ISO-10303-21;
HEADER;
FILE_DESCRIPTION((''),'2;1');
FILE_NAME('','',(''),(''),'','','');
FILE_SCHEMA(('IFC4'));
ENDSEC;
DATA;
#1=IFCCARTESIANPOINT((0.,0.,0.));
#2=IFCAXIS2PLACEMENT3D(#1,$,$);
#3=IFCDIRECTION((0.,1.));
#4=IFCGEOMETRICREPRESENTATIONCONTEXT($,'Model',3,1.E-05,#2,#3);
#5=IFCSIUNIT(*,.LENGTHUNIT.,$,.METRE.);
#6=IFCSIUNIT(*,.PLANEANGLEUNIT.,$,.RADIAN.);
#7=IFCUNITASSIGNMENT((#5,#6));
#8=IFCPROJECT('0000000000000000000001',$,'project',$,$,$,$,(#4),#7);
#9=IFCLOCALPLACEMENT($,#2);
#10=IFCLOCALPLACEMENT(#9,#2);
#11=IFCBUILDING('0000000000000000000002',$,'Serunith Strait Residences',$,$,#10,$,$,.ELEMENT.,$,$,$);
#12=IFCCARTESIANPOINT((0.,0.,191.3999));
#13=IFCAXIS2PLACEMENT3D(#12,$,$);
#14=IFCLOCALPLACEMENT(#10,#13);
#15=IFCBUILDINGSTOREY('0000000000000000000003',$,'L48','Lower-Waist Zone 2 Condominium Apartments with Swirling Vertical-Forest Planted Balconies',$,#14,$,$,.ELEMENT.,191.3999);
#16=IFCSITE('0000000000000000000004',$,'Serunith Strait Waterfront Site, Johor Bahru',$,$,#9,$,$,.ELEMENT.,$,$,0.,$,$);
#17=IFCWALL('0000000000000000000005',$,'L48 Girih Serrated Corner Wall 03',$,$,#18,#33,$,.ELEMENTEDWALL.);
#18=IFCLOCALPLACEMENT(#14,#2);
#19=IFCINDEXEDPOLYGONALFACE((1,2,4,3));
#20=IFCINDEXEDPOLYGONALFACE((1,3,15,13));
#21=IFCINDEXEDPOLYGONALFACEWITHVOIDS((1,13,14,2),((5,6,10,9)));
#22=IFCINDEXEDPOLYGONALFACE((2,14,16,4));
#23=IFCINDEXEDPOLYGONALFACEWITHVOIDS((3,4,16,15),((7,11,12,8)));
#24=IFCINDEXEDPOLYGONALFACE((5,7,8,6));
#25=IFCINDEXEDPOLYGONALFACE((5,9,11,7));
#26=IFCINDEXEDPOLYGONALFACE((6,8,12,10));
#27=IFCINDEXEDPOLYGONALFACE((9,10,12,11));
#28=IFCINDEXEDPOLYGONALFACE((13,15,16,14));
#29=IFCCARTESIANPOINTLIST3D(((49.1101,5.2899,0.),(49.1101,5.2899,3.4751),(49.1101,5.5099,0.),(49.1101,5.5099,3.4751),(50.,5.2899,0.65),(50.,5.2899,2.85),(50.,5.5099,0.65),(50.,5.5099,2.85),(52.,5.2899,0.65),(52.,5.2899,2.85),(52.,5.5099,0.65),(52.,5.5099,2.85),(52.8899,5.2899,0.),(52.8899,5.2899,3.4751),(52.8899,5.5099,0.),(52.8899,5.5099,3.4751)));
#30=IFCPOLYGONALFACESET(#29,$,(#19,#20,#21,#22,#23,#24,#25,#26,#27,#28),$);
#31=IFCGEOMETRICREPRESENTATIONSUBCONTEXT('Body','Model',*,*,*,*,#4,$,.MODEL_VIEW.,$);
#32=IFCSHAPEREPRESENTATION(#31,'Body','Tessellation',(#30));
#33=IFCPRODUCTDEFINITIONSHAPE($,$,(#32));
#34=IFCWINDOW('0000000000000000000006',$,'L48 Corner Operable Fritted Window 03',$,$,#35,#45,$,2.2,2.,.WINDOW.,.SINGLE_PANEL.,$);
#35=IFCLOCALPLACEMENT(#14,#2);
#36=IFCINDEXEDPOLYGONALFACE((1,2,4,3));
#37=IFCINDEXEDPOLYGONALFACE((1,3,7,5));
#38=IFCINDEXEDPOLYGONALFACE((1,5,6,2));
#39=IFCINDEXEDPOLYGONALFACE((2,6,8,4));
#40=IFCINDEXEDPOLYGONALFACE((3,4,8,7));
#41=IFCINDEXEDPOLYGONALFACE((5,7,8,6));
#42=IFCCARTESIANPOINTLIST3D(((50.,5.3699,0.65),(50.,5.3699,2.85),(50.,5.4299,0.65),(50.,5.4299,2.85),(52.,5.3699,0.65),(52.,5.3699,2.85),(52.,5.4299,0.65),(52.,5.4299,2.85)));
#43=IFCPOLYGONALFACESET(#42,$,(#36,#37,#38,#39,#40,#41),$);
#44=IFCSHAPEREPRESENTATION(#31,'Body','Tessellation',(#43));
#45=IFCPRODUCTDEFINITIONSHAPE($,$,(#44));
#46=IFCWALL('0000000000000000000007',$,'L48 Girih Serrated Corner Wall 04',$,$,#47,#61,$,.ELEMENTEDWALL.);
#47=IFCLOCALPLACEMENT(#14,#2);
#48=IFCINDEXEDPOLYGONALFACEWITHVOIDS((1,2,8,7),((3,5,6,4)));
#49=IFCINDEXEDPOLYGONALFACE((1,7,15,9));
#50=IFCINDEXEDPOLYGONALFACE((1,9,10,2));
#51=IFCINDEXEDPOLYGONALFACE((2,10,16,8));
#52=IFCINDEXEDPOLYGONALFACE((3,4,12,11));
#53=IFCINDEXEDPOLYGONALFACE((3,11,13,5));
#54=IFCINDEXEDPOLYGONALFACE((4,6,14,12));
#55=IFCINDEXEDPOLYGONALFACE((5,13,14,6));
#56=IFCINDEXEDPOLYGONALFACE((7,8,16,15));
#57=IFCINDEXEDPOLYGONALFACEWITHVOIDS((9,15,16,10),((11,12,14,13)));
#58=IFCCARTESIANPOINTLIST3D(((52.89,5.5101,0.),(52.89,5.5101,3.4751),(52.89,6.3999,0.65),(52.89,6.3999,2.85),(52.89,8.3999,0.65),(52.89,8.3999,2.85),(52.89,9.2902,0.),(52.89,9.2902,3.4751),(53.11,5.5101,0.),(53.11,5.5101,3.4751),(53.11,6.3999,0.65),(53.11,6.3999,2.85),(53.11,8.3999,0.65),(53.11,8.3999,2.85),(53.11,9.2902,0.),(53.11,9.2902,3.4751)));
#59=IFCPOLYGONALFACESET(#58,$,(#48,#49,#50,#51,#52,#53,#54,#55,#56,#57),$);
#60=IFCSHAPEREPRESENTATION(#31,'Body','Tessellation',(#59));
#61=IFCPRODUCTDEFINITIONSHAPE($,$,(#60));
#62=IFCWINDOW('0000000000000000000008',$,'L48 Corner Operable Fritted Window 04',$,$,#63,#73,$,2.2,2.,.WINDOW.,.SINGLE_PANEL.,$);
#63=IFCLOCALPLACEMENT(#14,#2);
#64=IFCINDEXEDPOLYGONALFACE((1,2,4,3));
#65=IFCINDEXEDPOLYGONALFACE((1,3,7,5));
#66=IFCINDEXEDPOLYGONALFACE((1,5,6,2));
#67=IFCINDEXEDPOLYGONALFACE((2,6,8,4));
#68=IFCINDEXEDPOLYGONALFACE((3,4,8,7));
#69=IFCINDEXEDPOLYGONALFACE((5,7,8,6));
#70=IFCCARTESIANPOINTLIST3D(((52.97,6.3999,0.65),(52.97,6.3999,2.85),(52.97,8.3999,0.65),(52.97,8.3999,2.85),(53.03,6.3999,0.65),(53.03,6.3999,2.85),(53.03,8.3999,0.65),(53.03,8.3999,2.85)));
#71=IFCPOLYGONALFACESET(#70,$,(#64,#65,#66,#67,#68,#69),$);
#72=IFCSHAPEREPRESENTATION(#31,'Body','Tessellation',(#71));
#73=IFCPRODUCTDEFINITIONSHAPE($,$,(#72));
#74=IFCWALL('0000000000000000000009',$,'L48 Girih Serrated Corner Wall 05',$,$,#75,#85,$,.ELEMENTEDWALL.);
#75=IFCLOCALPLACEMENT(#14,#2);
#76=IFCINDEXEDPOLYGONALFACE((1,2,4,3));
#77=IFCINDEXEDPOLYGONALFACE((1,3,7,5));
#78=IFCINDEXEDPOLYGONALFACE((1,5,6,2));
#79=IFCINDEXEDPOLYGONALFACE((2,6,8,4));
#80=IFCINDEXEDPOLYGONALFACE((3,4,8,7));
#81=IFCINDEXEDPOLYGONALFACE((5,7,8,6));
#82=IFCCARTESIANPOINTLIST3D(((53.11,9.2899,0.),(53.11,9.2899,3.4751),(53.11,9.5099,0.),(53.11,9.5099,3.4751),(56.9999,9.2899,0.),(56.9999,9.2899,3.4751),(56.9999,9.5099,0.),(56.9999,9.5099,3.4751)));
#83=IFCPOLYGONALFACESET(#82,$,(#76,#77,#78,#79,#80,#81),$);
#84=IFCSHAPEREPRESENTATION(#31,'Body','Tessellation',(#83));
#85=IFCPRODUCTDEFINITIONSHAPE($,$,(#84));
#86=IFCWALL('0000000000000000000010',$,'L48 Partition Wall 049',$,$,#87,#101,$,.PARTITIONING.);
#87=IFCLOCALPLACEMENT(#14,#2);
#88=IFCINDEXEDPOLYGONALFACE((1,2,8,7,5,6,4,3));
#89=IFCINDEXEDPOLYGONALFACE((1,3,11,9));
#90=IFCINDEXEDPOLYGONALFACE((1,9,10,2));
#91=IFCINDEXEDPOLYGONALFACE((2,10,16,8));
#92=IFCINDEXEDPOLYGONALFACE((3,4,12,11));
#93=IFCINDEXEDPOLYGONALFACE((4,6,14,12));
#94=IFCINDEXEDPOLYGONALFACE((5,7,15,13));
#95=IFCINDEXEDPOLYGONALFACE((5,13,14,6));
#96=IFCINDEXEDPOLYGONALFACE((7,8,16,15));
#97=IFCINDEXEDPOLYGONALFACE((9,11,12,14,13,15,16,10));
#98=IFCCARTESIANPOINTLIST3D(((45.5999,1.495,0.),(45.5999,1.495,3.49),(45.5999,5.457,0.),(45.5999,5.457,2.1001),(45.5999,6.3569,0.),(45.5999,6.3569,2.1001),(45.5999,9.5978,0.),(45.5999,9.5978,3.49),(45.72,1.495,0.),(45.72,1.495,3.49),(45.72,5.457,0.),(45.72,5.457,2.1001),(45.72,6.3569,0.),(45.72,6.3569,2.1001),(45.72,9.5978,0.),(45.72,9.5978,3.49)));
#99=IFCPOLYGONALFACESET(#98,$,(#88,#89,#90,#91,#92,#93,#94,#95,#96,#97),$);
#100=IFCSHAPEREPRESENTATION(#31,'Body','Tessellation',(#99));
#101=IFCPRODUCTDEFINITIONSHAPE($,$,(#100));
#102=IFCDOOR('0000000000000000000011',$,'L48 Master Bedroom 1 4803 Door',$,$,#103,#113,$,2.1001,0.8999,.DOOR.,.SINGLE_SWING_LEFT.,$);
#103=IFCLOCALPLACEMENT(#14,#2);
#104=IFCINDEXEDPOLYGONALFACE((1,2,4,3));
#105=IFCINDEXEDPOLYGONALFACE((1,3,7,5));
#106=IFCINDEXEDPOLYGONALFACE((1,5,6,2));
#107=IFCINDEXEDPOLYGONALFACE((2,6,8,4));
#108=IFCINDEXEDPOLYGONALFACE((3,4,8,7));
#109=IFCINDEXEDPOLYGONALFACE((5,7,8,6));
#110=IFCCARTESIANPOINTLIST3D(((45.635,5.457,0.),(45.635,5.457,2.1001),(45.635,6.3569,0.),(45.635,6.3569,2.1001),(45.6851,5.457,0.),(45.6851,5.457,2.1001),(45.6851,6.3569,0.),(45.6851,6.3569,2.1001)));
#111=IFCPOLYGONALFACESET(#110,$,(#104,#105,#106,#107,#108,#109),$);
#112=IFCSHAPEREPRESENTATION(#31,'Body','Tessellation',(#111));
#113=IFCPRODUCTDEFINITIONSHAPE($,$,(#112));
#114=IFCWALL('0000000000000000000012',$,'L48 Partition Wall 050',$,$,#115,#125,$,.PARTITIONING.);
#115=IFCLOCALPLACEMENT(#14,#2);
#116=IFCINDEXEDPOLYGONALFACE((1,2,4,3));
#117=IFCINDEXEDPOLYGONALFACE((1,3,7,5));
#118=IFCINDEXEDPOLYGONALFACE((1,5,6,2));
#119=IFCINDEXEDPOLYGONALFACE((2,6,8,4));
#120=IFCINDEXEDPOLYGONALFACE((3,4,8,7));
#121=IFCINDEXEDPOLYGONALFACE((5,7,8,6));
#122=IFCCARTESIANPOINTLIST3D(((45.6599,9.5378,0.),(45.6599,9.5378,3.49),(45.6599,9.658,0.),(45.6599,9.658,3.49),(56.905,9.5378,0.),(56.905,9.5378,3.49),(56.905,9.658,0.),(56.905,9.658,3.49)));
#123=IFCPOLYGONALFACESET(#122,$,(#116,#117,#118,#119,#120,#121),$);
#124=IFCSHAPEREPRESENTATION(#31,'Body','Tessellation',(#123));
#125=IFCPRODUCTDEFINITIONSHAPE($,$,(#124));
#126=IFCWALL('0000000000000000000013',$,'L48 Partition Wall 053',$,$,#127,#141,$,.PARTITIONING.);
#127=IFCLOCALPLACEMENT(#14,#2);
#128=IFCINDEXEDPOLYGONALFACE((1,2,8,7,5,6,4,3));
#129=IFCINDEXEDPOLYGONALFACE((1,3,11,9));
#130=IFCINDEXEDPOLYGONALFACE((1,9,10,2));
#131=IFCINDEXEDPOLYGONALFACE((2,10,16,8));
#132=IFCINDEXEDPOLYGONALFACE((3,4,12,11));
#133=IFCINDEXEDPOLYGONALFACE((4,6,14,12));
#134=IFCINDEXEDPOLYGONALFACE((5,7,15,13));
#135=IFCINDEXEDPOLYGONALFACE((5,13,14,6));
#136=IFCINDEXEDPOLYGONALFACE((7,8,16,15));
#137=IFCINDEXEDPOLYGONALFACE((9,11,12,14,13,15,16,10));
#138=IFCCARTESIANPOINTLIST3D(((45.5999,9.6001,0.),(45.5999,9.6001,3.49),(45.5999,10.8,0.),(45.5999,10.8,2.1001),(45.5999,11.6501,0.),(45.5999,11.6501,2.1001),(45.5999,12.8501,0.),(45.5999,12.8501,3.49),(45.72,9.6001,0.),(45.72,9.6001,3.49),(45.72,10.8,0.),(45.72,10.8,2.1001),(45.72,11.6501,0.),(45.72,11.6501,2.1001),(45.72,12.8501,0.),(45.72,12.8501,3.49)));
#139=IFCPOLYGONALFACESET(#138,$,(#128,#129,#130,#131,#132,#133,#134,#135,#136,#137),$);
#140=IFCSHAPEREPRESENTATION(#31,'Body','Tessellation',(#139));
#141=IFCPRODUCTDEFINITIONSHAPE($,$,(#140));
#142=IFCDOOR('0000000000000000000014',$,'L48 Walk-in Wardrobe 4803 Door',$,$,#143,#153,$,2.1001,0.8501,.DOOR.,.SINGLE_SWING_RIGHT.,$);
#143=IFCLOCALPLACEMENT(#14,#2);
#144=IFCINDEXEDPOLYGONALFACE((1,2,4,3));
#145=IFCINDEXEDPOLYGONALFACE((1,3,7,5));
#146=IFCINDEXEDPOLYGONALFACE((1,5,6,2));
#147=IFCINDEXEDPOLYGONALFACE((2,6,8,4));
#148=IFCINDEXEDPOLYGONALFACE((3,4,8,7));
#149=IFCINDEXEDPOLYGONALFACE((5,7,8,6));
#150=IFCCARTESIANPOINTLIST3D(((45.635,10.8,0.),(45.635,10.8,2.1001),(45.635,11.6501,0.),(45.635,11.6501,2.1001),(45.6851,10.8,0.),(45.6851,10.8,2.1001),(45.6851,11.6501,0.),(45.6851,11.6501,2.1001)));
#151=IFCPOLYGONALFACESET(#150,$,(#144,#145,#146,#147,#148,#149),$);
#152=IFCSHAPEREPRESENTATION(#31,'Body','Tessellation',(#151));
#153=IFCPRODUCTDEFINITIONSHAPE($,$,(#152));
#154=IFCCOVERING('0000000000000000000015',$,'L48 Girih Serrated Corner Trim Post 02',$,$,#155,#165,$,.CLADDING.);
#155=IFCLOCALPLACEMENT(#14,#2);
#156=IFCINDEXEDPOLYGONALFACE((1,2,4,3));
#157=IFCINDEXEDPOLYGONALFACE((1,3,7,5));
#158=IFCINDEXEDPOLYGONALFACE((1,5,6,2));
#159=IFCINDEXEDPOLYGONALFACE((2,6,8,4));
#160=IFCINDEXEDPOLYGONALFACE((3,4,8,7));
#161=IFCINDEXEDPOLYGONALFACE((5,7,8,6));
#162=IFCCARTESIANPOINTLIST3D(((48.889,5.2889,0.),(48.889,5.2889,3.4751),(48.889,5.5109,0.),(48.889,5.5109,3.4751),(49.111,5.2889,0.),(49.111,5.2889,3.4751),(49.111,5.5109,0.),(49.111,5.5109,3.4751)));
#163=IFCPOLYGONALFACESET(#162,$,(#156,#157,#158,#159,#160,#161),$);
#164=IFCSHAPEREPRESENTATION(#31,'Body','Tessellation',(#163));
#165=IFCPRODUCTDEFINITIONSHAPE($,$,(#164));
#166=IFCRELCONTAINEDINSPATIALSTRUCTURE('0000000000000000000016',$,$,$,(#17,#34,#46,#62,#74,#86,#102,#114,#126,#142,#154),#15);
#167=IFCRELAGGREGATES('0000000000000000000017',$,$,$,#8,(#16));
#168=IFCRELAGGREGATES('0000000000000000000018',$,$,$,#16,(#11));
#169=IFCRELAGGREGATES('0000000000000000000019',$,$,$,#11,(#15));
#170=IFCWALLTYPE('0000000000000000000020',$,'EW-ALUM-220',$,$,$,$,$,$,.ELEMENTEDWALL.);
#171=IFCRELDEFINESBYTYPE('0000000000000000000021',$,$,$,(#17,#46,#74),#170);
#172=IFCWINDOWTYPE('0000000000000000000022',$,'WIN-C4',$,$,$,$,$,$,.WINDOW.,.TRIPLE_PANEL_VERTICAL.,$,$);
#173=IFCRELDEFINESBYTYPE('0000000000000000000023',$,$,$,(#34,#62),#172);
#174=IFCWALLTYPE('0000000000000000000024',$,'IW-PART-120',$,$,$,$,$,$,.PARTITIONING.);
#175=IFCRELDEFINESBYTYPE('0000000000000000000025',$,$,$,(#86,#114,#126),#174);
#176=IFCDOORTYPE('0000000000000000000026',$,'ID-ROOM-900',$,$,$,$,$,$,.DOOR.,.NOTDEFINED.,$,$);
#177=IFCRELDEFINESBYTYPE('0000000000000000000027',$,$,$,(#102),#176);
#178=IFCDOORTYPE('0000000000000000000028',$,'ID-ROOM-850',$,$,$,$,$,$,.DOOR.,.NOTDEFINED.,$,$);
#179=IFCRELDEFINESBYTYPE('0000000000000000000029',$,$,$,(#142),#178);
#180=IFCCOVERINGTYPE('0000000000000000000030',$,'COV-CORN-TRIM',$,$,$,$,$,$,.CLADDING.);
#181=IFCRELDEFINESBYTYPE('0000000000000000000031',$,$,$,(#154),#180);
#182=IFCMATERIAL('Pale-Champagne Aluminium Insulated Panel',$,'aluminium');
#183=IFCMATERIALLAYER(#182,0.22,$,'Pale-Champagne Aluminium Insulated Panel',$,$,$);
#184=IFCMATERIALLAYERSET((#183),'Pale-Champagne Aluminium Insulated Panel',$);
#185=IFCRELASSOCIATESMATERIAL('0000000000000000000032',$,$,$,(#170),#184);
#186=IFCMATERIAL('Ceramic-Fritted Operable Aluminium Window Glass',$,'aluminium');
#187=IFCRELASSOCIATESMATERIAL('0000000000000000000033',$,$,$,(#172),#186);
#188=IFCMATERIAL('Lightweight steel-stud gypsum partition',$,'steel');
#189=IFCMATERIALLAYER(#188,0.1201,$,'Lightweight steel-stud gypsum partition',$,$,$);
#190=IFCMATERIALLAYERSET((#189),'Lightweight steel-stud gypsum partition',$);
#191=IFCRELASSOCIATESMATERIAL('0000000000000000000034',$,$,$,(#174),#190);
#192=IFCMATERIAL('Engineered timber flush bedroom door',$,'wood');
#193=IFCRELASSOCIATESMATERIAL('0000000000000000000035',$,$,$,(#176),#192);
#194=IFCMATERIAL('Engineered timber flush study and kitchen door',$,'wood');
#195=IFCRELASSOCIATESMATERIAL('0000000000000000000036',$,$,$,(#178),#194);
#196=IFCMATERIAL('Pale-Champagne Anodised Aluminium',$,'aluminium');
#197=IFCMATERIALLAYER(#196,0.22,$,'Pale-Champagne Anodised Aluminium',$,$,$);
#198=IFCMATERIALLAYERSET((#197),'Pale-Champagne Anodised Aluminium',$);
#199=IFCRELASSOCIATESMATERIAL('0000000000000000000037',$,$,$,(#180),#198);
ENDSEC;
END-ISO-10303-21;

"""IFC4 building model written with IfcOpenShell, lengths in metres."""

from ifc_helpers import new_model, si_unit, direction, frame, frame_2d, origin, origin_2d, place, context, subcontext, project, spatial, rectangle, extrude, source, transform, mapped, material, layer, layer_set, type_object, element, fill, save


model = new_model("IFC4")

# Units and contexts
model_context = context("Model", 3, precision=1e-05, world=origin(), true_north=direction((0.0, 1.0)))
body_context = subcontext(model_context, "Body", "Model", "MODEL_VIEW")
ifc_project = project(units=[si_unit("LENGTHUNIT", "METRE"), si_unit("PLANEANGLEUNIT", "RADIAN")], contexts=[model_context])

# Site, building, storey
site_placement = place(None, origin())
site = spatial("IfcSite", under=ifc_project, at=site_placement, Name="Serunith Strait Waterfront Site, Johor Bahru", CompositionType="ELEMENT", RefElevation=0.0)
building_placement = place(site_placement, origin())
building = spatial("IfcBuilding", under=site, at=building_placement, Name="Serunith Strait Residences", CompositionType="ELEMENT")
storey_placement = place(building_placement, frame((0.0, 0.0, 191.3999)))
storey = spatial("IfcBuildingStorey", under=building, at=storey_placement, Name="L48", Description="Lower-Waist Zone 2 Condominium Apartments with Swirling Vertical-Forest Planted Balconies", CompositionType="ELEMENT", Elevation=191.3999)

# Walls, openings, windows
ifc_material_1 = material(Name="Pale-Champagne Aluminium Insulated Panel", Category="aluminium")
ifc_layer_1 = layer(ifc_material_1, 0.22, Name="Pale-Champagne Aluminium Insulated Panel")
ifc_layer_set_1 = layer_set([ifc_layer_1], Name="Pale-Champagne Aluminium Insulated Panel")
wall_type_1 = type_object("IfcWallType", Name="EW-ALUM-220", PredefinedType="ELEMENTEDWALL", material=ifc_layer_set_1)
ifc_material_2 = material(Name="Ceramic-Fritted Operable Aluminium Window Glass", Category="aluminium")
window_type = type_object("IfcWindowType", Name="WIN-C4", PartitioningType="TRIPLE_PANEL_VERTICAL", PredefinedType="WINDOW", material=ifc_material_2)
shared_shape_1 = source(origin(), body_context, "Body", "SweptSolid", [
    extrude(rectangle(XDim=2.0, YDim=2.2, at=frame_2d((1.0, 1.1001))), frame((0.0, 0.03, 0.0), z_axis=(0.0, -1.0, 0.0), x_axis=(1.0, 0.0, 0.0)), (0.0, 0.0, 1.0), 0.0601),
])
wall_1_placement = place(storey_placement, frame((49.1101, 5.3999, 0.0), z_axis=(0.0, 0.0, 1.0), x_axis=(1.0, 0.0, 0.0)))
wall_1 = element("IfcWall", 1, at=wall_1_placement, inside=storey, type_object=wall_type_1, Name="L48 Girih Serrated Corner Wall 03", PredefinedType="ELEMENTEDWALL", context=body_context, shape_type="SweptSolid", body=[
    extrude(rectangle(XDim=3.7798, YDim=0.22, at=frame_2d((1.8899, 0.0))), origin(), (0.0, 0.0, 1.0), 3.4751),
])
opening_1_placement = place(wall_1_placement, frame((0.8899, 0.0, 0.6499)))
opening_1 = element("IfcOpeningElement", 2, at=opening_1_placement, cuts=wall_1, PredefinedType="OPENING", context=body_context, shape_type="SweptSolid", body=[
    extrude(rectangle(XDim=2.0, YDim=2.2, at=frame_2d((1.0, 1.1001))), frame((0.0, 0.1201, 0.0), z_axis=(0.0, -1.0, 0.0), x_axis=(1.0, 0.0, 0.0)), (0.0, 0.0, 1.0), 0.24),
])
window_1_placement = place(opening_1_placement, origin())
window_1 = element("IfcWindow", 3, at=window_1_placement, inside=storey, type_object=window_type, Name="L48 Corner Operable Fritted Window 03", OverallHeight=2.2, OverallWidth=2.0, PartitioningType="SINGLE_PANEL", PredefinedType="WINDOW", context=body_context, shape_type="MappedRepresentation", body=[
    mapped(shared_shape_1, transform((0.0, 0.0, 0.0), scale=1.0)),
])
fill(opening_1, window_1)
wall_2_placement = place(storey_placement, frame((53.0, 5.51, 0.0), z_axis=(0.0, 0.0, 1.0), x_axis=(0.0, 1.0, 0.0)))
wall_2 = element("IfcWall", 4, at=wall_2_placement, inside=storey, type_object=wall_type_1, Name="L48 Girih Serrated Corner Wall 04", PredefinedType="ELEMENTEDWALL", context=body_context, shape_type="SweptSolid", body=[
    extrude(rectangle(XDim=3.78, YDim=0.22, at=frame_2d((1.8901, 0.0))), origin(), (0.0, 0.0, 1.0), 3.4751),
])
opening_2_placement = place(wall_2_placement, frame((0.8899, 0.0, 0.6499)))
opening_2 = element("IfcOpeningElement", 5, at=opening_2_placement, cuts=wall_2, PredefinedType="OPENING", context=body_context, shape_type="SweptSolid", body=[
    extrude(rectangle(XDim=2.0, YDim=2.2, at=frame_2d((1.0, 1.1001))), frame((0.0, 0.1201, 0.0), z_axis=(0.0, -1.0, 0.0), x_axis=(1.0, 0.0, 0.0)), (0.0, 0.0, 1.0), 0.24),
])
window_2_placement = place(opening_2_placement, origin())
window_2 = element("IfcWindow", 6, at=window_2_placement, inside=storey, type_object=window_type, Name="L48 Corner Operable Fritted Window 04", OverallHeight=2.2, OverallWidth=2.0, PartitioningType="SINGLE_PANEL", PredefinedType="WINDOW", context=body_context, shape_type="MappedRepresentation", body=[
    mapped(shared_shape_1, transform((0.0, 0.0, 0.0), scale=1.0)),
])
fill(opening_2, window_2)

# Wall
wall_3_placement = place(storey_placement, frame((53.1101, 9.3999, 0.0), z_axis=(0.0, 0.0, 1.0), x_axis=(1.0, 0.0, 0.0)))
element("IfcWall", 7, at=wall_3_placement, inside=storey, type_object=wall_type_1, Name="L48 Girih Serrated Corner Wall 05", PredefinedType="ELEMENTEDWALL", context=body_context, shape_type="SweptSolid", body=[
    extrude(rectangle(XDim=3.8899, YDim=0.22, at=frame_2d((1.9448, 0.0))), origin(), (0.0, 0.0, 1.0), 3.4751),
])

# Wall, opening, door
ifc_material_3 = material(Name="Lightweight steel-stud gypsum partition", Category="steel")
ifc_layer_2 = layer(ifc_material_3, 0.1201, Name="Lightweight steel-stud gypsum partition")
ifc_layer_set_2 = layer_set([ifc_layer_2], Name="Lightweight steel-stud gypsum partition")
wall_type_2 = type_object("IfcWallType", Name="IW-PART-120", PredefinedType="PARTITIONING", material=ifc_layer_set_2)
wall_4_placement = place(storey_placement, frame((45.6599, 1.4951, 0.0), z_axis=(0.0, 0.0, 1.0), x_axis=(0.0, 1.0, 0.0)))
wall_4 = element("IfcWall", 8, at=wall_4_placement, inside=storey, type_object=wall_type_2, Name="L48 Partition Wall 049", PredefinedType="PARTITIONING", context=body_context, shape_type="SweptSolid", body=[
    extrude(rectangle(XDim=8.1028, YDim=0.1201, at=frame_2d((4.0513, 0.0))), origin(), (0.0, 0.0, 1.0), 3.49),
])
opening_3_placement = place(wall_4_placement, frame((3.9619, 0.0, 0.0)))
opening_3 = element("IfcOpeningElement", 9, at=opening_3_placement, cuts=wall_4, PredefinedType="OPENING", context=body_context, shape_type="SweptSolid", body=[
    extrude(rectangle(XDim=0.8999, YDim=2.1001, at=frame_2d((0.45, 1.05))), frame((0.0, 0.0701, 0.0), z_axis=(0.0, -1.0, 0.0), x_axis=(1.0, 0.0, 0.0)), (0.0, 0.0, 1.0), 0.1401),
])
ifc_material_4 = material(Name="Engineered timber flush bedroom door", Category="wood")
door_type_1 = type_object("IfcDoorType", Name="ID-ROOM-900", OperationType="NOTDEFINED", PredefinedType="DOOR", material=ifc_material_4)
shared_shape_2 = source(origin(), body_context, "Body", "SweptSolid", [
    extrude(rectangle(XDim=0.8999, YDim=2.1001, at=frame_2d((0.45, 1.05))), frame((0.0, 0.0249, 0.0), z_axis=(0.0, -1.0, 0.0), x_axis=(1.0, 0.0, 0.0)), (0.0, 0.0, 1.0), 0.05),
])
door_1_placement = place(opening_3_placement, origin())
door_1 = element("IfcDoor", 10, at=door_1_placement, inside=storey, type_object=door_type_1, Name="L48 Master Bedroom 1 4803 Door", OperationType="SINGLE_SWING_LEFT", OverallHeight=2.1001, OverallWidth=0.8999, PredefinedType="DOOR", context=body_context, shape_type="MappedRepresentation", body=[
    mapped(shared_shape_2, transform((0.0, 0.0, 0.0), scale=1.0)),
])
fill(opening_3, door_1)

# Wall
wall_5_placement = place(storey_placement, frame((45.6599, 9.5979, 0.0), z_axis=(0.0, 0.0, 1.0), x_axis=(1.0, 0.0, 0.0)))
element("IfcWall", 11, at=wall_5_placement, inside=storey, type_object=wall_type_2, Name="L48 Partition Wall 050", PredefinedType="PARTITIONING", context=body_context, shape_type="SweptSolid", body=[
    extrude(rectangle(XDim=11.2451, YDim=0.1201, at=frame_2d((5.6226, 0.0))), origin(), (0.0, 0.0, 1.0), 3.49),
])

# Wall, opening, door
wall_6_placement = place(storey_placement, frame((45.6599, 9.6001, 0.0), z_axis=(0.0, 0.0, 1.0), x_axis=(0.0, 1.0, 0.0)))
wall_6 = element("IfcWall", 12, at=wall_6_placement, inside=storey, type_object=wall_type_2, Name="L48 Partition Wall 053", PredefinedType="PARTITIONING", context=body_context, shape_type="SweptSolid", body=[
    extrude(rectangle(XDim=3.25, YDim=0.1201, at=frame_2d((1.625, 0.0))), origin(), (0.0, 0.0, 1.0), 3.49),
])
opening_4_placement = place(wall_6_placement, frame((1.2, 0.0, 0.0)))
opening_4 = element("IfcOpeningElement", 13, at=opening_4_placement, cuts=wall_6, PredefinedType="OPENING", context=body_context, shape_type="SweptSolid", body=[
    extrude(rectangle(XDim=0.8501, YDim=2.1001, at=frame_2d((0.425, 1.05))), frame((0.0, 0.0701, 0.0), z_axis=(0.0, -1.0, 0.0), x_axis=(1.0, 0.0, 0.0)), (0.0, 0.0, 1.0), 0.1401),
])
ifc_material_5 = material(Name="Engineered timber flush study and kitchen door", Category="wood")
door_type_2 = type_object("IfcDoorType", Name="ID-ROOM-850", OperationType="NOTDEFINED", PredefinedType="DOOR", material=ifc_material_5)
shared_shape_3 = source(origin(), body_context, "Body", "SweptSolid", [
    extrude(rectangle(XDim=0.8501, YDim=2.1001, at=frame_2d((0.425, 1.05))), frame((0.0, 0.0249, 0.0), z_axis=(0.0, -1.0, 0.0), x_axis=(1.0, 0.0, 0.0)), (0.0, 0.0, 1.0), 0.05),
])
door_2_placement = place(opening_4_placement, origin())
door_2 = element("IfcDoor", 14, at=door_2_placement, inside=storey, type_object=door_type_2, Name="L48 Walk-in Wardrobe 4803 Door", OperationType="SINGLE_SWING_RIGHT", OverallHeight=2.1001, OverallWidth=0.8501, PredefinedType="DOOR", context=body_context, shape_type="MappedRepresentation", body=[
    mapped(shared_shape_3, transform((0.0, 0.0, 0.0), scale=1.0)),
])
fill(opening_4, door_2)

# Covering
ifc_material_6 = material(Name="Pale-Champagne Anodised Aluminium", Category="aluminium")
ifc_layer_3 = layer(ifc_material_6, 0.22, Name="Pale-Champagne Anodised Aluminium")
ifc_layer_set_3 = layer_set([ifc_layer_3], Name="Pale-Champagne Anodised Aluminium")
covering_type = type_object("IfcCoveringType", Name="COV-CORN-TRIM", PredefinedType="CLADDING", material=ifc_layer_set_3)
shared_shape_4 = source(origin(), body_context, "Body", "SweptSolid", [
    extrude(rectangle(XDim=0.2219, YDim=0.2219, at=origin_2d()), origin(), (0.0, 0.0, 1.0), 3.4751),
])
for number, where, z_axis, x_axis, name in (
    (15, (49.0, 5.3999, 0.0), (0.0, 0.0, 1.0), (1.0, 0.0, 0.0), "L48 Girih Serrated Corner Trim Post 02"),
):
    element("IfcCovering", number, at=place(storey_placement, frame(where, z_axis=z_axis, x_axis=x_axis)), inside=storey, type_object=covering_type, Name=name, PredefinedType="CLADDING", context=body_context, shape_type="MappedRepresentation", body=[
        mapped(shared_shape_4, transform((0.0, 0.0, 0.0), scale=1.0)),
    ])

save(model, "model.ifc")
